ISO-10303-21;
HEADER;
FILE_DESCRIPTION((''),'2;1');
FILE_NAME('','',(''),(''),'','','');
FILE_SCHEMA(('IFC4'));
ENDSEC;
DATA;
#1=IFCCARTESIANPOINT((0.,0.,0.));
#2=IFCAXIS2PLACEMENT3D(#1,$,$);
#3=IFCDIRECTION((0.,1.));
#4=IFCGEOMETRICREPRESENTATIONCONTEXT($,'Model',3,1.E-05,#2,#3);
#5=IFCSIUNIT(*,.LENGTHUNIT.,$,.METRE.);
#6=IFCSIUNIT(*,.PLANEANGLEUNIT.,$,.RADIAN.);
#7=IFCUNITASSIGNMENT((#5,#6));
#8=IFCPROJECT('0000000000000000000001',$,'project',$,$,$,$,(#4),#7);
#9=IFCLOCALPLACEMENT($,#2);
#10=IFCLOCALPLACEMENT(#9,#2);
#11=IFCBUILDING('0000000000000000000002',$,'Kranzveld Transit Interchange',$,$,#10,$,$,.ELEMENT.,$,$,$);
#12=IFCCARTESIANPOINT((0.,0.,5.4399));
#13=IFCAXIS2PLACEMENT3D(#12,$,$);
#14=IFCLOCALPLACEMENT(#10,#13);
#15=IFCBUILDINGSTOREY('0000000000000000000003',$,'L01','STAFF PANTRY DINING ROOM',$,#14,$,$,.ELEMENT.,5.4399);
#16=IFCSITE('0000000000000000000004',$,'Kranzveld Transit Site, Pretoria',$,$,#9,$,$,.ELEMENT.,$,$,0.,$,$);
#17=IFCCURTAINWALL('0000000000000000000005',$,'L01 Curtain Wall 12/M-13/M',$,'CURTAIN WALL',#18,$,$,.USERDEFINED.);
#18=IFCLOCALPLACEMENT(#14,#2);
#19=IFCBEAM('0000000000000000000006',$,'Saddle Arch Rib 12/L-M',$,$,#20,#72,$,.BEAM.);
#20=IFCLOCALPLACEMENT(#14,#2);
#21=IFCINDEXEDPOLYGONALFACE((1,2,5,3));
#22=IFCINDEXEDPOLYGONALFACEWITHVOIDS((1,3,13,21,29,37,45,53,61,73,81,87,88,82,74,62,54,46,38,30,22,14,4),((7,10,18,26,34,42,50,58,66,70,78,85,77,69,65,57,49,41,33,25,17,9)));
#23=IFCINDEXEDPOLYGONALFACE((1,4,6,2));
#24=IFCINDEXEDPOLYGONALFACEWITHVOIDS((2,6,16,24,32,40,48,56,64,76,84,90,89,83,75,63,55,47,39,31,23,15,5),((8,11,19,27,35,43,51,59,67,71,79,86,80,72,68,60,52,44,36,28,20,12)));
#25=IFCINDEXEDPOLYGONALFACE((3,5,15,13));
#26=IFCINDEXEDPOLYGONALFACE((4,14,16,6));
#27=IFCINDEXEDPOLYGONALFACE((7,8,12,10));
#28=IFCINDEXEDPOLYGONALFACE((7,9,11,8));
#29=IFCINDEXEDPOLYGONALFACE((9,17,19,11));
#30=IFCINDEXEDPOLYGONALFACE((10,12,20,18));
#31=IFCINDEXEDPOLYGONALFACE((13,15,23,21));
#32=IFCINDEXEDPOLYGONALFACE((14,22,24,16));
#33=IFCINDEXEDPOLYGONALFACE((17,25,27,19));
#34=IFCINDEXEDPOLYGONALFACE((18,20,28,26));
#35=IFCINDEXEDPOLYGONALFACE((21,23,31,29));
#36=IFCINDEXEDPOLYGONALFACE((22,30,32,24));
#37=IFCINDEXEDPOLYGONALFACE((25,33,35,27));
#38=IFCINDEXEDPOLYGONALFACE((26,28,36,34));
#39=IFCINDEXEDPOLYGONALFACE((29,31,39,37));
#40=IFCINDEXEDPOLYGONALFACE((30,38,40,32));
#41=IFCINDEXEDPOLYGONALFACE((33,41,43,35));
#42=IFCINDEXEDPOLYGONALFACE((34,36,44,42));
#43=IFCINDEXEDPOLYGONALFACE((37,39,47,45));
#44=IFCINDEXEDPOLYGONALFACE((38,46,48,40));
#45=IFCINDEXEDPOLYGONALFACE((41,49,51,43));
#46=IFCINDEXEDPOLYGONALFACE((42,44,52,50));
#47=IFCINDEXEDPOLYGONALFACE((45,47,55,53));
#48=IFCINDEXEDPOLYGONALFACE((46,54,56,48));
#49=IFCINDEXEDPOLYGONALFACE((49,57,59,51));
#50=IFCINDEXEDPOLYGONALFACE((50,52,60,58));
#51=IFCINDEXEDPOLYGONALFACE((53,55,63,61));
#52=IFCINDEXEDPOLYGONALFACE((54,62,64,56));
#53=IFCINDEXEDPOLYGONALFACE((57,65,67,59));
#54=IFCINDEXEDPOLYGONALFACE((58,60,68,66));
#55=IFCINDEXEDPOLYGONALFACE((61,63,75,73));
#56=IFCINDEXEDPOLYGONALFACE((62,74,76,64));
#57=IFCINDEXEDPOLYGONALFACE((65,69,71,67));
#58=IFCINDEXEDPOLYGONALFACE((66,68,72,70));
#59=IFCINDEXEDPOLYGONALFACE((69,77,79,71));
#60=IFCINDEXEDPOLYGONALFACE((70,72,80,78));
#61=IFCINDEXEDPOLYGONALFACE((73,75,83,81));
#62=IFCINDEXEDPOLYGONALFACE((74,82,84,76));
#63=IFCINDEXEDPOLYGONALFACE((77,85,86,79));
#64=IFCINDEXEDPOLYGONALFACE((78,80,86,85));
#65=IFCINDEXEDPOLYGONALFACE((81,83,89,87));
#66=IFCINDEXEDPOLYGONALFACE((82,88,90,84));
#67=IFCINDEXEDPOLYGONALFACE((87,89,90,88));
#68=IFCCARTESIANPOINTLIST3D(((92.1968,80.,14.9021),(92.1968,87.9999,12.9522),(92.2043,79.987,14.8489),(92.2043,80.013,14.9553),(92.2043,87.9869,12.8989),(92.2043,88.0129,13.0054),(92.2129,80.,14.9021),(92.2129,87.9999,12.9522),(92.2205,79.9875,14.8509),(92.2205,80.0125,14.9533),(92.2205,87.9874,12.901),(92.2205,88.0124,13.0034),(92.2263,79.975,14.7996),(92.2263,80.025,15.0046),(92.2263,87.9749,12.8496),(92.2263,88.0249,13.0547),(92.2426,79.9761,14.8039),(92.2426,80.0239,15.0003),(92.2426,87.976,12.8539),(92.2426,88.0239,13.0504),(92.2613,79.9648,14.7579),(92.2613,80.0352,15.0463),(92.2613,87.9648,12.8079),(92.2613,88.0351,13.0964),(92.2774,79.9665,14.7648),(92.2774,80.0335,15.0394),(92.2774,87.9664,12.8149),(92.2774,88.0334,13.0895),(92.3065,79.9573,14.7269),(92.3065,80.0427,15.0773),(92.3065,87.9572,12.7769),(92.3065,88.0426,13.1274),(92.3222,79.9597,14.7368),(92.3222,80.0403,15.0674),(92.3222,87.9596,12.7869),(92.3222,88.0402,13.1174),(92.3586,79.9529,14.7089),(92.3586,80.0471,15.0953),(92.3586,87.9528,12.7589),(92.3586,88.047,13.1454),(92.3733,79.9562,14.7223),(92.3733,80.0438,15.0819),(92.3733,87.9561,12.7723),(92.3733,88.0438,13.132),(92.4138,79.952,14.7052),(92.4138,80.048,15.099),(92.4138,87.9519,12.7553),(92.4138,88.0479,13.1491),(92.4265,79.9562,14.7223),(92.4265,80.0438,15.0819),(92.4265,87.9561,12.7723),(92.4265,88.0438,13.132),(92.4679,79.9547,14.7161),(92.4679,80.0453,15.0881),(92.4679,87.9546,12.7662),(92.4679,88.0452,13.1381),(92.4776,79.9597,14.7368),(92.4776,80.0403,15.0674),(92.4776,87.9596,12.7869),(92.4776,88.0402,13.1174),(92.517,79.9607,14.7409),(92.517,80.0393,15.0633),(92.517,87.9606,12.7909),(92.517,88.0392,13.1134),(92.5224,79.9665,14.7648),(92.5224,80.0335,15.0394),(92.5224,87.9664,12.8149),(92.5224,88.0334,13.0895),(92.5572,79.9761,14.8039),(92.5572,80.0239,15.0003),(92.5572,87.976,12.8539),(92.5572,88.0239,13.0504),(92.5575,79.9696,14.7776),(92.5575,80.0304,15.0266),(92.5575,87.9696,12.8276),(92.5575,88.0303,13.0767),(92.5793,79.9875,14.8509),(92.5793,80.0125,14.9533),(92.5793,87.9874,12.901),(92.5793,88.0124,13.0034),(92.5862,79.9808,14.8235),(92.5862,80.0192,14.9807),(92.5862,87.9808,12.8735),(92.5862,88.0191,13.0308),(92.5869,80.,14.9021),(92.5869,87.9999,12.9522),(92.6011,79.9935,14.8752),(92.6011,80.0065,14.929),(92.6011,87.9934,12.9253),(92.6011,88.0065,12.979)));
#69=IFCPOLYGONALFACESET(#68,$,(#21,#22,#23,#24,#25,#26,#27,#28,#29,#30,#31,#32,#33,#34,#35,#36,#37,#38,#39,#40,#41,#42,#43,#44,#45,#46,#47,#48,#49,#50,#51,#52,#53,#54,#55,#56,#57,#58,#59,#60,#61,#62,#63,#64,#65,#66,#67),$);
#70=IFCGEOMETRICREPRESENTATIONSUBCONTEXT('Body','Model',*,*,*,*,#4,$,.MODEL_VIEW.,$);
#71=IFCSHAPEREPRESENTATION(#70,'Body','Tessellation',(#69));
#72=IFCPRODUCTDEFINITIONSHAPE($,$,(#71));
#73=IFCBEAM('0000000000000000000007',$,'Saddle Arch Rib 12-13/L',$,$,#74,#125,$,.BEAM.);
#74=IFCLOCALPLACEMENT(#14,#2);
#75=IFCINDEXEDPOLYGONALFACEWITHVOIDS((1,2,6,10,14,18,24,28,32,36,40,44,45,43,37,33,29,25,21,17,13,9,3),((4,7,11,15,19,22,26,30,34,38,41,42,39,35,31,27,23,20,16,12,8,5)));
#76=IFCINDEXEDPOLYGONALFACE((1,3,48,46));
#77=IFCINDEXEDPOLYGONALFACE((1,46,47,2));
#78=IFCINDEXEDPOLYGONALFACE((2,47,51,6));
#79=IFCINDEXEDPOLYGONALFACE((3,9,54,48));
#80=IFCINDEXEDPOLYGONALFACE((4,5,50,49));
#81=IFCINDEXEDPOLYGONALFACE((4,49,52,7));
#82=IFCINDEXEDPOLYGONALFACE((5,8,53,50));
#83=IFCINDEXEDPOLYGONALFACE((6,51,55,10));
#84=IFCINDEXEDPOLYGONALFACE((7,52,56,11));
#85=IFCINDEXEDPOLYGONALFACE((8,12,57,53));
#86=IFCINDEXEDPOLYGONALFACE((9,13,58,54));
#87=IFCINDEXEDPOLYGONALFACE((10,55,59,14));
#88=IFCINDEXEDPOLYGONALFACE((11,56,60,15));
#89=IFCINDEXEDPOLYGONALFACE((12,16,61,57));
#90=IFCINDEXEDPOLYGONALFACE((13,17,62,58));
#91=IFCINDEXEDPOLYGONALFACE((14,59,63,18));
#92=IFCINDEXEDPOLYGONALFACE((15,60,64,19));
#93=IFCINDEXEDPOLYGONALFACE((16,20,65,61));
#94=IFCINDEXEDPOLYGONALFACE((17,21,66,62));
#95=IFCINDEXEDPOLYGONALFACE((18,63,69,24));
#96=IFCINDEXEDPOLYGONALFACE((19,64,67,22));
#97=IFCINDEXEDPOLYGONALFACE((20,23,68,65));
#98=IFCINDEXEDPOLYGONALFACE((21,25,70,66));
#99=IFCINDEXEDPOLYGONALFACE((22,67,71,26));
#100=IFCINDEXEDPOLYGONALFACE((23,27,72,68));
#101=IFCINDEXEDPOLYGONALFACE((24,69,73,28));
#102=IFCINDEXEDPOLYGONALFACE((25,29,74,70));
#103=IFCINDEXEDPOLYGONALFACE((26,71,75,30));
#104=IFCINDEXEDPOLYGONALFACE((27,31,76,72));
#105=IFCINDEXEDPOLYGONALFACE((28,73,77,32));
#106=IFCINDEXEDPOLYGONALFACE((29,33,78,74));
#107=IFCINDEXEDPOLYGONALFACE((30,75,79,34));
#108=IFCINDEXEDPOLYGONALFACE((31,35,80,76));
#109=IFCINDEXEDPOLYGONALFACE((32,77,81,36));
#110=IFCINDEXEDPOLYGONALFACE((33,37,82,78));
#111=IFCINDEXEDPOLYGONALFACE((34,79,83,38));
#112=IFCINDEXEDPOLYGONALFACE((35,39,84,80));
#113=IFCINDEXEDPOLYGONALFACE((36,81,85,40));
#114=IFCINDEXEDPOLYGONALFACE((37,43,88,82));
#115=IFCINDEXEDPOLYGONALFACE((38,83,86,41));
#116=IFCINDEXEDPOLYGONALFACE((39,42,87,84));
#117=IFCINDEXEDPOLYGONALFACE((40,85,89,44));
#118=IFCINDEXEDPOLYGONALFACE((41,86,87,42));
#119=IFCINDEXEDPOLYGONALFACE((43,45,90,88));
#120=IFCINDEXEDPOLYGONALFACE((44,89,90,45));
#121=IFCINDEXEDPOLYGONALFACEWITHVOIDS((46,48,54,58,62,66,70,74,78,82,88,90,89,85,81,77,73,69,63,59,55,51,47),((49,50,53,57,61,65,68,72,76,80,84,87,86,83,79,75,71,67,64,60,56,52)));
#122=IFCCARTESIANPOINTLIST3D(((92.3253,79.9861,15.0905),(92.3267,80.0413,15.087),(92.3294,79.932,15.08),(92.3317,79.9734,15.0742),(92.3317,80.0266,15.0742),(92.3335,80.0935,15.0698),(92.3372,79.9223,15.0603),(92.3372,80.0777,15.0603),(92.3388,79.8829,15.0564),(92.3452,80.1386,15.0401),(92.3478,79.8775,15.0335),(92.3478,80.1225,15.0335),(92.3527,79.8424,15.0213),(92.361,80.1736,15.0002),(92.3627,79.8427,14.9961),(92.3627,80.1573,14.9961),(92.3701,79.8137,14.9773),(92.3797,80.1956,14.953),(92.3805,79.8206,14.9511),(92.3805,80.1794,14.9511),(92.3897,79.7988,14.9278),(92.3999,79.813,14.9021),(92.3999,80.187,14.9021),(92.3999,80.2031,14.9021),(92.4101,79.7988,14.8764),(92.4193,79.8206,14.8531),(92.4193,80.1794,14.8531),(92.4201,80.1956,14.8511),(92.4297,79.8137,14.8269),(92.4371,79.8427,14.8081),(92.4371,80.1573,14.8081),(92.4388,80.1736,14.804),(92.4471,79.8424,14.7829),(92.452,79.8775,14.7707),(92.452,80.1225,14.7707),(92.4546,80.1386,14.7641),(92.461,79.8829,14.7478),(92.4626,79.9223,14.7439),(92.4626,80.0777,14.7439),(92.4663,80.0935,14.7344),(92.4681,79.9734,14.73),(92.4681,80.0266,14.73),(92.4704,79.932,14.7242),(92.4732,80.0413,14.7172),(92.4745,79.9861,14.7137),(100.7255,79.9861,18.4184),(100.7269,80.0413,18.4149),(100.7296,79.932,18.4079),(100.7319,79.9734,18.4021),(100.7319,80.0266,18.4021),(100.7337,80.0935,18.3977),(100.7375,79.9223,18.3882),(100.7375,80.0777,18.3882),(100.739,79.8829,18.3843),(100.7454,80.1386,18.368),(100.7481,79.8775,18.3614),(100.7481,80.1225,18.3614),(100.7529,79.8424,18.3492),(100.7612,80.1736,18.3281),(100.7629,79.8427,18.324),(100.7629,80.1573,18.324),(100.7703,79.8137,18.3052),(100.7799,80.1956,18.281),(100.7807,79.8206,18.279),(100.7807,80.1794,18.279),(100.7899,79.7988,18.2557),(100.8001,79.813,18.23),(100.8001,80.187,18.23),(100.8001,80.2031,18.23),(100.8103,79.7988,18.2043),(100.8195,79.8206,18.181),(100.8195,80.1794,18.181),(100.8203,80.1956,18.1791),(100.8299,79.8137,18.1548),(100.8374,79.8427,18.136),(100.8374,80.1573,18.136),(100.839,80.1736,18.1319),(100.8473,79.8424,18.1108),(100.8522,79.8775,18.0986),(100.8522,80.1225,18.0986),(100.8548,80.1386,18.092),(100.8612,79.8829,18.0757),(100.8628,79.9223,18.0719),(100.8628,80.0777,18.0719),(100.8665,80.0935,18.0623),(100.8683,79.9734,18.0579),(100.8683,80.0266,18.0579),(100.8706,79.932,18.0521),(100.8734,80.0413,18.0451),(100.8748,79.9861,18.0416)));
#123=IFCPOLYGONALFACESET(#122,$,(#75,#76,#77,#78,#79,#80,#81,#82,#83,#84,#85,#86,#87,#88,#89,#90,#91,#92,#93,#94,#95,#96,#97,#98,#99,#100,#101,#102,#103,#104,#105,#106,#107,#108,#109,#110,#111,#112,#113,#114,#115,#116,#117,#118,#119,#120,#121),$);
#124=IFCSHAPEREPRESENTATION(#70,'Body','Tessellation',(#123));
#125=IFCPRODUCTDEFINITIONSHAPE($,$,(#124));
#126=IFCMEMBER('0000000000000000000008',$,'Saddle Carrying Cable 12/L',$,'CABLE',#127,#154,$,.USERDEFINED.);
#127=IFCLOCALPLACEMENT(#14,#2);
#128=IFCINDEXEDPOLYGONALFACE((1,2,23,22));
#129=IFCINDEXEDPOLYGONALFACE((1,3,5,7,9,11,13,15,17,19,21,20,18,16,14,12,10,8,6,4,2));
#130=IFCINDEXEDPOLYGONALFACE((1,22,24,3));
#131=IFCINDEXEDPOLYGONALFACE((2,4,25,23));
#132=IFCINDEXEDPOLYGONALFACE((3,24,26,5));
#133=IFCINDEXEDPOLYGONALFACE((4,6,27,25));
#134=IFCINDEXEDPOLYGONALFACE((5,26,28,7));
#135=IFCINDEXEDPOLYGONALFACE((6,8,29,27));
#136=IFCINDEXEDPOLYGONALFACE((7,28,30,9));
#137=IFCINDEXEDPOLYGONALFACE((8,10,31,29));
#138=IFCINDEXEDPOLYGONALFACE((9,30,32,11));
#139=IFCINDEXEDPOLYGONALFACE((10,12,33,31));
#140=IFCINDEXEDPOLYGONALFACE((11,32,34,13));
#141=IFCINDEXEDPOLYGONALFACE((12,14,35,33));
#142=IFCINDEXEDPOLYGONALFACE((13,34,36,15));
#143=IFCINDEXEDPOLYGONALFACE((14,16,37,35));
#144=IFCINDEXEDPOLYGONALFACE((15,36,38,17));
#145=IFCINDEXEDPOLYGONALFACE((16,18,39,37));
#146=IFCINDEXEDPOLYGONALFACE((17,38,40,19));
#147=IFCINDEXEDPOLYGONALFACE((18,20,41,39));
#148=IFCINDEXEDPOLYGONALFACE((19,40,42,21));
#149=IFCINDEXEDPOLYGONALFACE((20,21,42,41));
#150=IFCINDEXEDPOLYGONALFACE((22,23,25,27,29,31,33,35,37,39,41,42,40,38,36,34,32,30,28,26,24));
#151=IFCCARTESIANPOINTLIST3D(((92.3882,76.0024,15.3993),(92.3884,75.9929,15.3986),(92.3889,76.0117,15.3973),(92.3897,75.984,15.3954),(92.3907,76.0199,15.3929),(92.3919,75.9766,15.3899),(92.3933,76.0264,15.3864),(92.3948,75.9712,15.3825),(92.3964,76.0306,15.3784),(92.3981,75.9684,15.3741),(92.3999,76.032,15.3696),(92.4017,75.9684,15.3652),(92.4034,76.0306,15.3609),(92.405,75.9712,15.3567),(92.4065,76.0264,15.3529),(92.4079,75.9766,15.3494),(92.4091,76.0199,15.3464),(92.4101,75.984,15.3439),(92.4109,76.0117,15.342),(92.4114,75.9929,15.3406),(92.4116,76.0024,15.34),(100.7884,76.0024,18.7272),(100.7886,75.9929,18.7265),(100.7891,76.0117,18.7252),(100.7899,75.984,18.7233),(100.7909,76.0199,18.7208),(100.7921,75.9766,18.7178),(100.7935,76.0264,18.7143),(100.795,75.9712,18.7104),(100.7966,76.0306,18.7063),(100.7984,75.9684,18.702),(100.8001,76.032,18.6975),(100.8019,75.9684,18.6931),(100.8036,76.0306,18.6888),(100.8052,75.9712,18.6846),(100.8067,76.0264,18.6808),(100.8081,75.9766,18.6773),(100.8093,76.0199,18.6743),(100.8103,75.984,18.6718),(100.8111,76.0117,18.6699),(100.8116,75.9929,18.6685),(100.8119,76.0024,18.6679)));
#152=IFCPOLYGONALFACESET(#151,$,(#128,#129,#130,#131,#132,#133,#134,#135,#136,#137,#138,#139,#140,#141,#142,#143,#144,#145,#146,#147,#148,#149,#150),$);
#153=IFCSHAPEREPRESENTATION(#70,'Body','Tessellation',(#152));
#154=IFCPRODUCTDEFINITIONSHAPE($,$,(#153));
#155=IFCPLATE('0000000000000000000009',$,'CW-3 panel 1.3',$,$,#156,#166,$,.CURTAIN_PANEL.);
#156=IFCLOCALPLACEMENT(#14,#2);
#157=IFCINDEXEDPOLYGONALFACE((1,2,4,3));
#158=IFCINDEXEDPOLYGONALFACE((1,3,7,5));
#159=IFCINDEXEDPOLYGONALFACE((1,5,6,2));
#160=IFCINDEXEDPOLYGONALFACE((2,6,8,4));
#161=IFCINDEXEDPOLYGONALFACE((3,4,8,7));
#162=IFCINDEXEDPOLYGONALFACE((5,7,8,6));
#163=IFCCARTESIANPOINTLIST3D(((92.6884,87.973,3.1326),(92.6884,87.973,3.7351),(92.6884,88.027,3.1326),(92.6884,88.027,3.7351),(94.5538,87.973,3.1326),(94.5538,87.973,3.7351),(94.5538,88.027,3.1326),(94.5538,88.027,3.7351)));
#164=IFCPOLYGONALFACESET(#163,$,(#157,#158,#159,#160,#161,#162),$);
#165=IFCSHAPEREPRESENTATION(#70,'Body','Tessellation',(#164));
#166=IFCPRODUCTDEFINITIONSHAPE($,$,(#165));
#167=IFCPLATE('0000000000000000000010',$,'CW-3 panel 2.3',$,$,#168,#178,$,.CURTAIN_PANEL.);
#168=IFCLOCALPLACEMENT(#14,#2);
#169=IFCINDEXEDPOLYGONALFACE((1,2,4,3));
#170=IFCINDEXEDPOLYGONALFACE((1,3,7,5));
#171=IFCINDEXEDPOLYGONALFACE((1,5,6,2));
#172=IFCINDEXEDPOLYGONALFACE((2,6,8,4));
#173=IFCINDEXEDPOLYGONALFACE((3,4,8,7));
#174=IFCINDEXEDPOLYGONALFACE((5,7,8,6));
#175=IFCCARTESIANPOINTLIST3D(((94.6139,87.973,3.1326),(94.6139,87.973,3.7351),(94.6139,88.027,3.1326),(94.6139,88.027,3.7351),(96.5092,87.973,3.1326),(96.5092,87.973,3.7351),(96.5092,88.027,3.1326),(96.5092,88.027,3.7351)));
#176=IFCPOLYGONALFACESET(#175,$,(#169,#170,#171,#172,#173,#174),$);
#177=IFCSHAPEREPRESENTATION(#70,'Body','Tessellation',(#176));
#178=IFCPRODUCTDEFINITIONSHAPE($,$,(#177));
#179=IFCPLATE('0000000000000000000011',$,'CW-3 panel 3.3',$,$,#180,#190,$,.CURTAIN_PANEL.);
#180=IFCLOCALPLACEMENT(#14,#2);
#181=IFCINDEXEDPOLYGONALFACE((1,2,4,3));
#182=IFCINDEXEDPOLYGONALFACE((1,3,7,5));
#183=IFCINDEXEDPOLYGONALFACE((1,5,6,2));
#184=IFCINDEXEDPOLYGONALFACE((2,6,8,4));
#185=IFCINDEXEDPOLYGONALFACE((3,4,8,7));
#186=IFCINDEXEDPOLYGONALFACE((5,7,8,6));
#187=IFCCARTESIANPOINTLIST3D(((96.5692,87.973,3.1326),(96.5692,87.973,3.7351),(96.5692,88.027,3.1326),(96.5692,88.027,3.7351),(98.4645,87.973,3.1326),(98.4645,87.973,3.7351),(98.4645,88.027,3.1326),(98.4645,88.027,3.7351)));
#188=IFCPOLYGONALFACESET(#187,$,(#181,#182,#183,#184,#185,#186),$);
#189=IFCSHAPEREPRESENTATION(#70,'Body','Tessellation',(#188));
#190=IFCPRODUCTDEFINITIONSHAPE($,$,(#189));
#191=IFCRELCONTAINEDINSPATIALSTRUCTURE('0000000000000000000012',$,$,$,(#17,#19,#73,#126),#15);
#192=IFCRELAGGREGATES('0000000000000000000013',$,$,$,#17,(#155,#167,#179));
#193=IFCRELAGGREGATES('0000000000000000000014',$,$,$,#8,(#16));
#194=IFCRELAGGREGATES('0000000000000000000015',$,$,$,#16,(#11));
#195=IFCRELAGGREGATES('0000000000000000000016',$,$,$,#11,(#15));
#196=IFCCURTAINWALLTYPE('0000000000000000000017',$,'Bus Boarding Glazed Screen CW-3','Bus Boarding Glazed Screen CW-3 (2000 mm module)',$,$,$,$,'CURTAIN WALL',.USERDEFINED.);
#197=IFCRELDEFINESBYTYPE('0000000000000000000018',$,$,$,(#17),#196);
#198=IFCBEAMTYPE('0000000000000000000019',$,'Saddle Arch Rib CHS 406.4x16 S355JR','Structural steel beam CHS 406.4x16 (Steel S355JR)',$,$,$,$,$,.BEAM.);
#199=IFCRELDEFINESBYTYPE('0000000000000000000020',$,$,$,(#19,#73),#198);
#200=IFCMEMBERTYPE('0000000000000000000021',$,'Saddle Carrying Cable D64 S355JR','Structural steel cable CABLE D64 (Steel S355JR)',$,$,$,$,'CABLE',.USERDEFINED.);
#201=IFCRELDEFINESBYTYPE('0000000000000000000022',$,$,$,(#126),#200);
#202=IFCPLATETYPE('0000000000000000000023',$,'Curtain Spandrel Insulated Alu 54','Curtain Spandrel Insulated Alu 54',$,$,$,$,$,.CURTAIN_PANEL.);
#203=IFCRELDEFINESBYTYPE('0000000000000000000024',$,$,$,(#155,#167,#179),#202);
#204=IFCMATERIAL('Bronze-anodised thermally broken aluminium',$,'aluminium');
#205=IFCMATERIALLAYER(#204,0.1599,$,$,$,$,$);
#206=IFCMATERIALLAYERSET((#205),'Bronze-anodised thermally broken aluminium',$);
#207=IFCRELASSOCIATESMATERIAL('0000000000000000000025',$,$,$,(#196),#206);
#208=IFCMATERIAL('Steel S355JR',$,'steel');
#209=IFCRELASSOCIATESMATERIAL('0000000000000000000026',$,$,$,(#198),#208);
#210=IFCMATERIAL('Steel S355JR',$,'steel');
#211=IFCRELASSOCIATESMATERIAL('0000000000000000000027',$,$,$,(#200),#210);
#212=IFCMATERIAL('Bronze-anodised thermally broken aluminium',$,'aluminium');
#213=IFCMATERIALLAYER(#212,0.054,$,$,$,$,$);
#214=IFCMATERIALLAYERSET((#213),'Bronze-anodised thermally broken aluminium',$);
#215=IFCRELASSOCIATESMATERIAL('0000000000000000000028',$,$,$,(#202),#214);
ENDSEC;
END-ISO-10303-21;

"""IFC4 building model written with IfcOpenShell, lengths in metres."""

from ifc_helpers import new_model, si_unit, direction, frame, origin, origin_2d, place, context, subcontext, project, spatial, rectangle, circle, hollow_circle, extrude, material, layer, layer_set, material_profile, profile_set, type_object, element, aggregate, save


model = new_model("IFC4")

# Units and contexts
model_context = context("Model", 3, precision=1e-05, world=origin(), true_north=direction((0.0, 1.0)))
body_context = subcontext(model_context, "Body", "Model", "MODEL_VIEW")
ifc_project = project(units=[si_unit("LENGTHUNIT", "METRE"), si_unit("PLANEANGLEUNIT", "RADIAN")], contexts=[model_context])

# Site, building, storey
site_placement = place(None, origin())
site = spatial("IfcSite", under=ifc_project, at=site_placement, Name="Kranzveld Transit Site, Pretoria", CompositionType="ELEMENT", RefElevation=0.0)
building_placement = place(site_placement, origin())
building = spatial("IfcBuilding", under=site, at=building_placement, Name="Kranzveld Transit Interchange", CompositionType="ELEMENT")
storey_placement = place(building_placement, frame((0.0, 0.0, 5.4399)))
storey = spatial("IfcBuildingStorey", under=building, at=storey_placement, Name="L01", Description="STAFF PANTRY DINING ROOM", CompositionType="ELEMENT", Elevation=5.4399)

# Curtain wall
ifc_material_1 = material(Name="Bronze-anodised thermally broken aluminium", Category="aluminium")
ifc_layer_1 = layer(ifc_material_1, 0.1599)
ifc_layer_set_1 = layer_set([ifc_layer_1], Name="Bronze-anodised thermally broken aluminium")
curtain_wall_type = type_object("IfcCurtainWallType", Name="Bus Boarding Glazed Screen CW-3", Description="Bus Boarding Glazed Screen CW-3 (2000 mm module)", ElementType="CURTAIN WALL", PredefinedType="USERDEFINED", material=ifc_layer_set_1)
curtain_wall_placement = place(storey_placement, origin())
curtain_wall = element("IfcCurtainWall", 1, at=curtain_wall_placement, inside=storey, type_object=curtain_wall_type, Name="L01 Curtain Wall 12/M-13/M", ObjectType="CURTAIN WALL", PredefinedType="USERDEFINED")

# Beams
ifc_material_2 = material(Name="Steel S355JR", Category="steel")
ifc_material_profile_1 = material_profile(ifc_material_2, hollow_circle(Radius=0.2031, WallThickness=0.0161, at=origin_2d()), Name="CHS 406.4x16")
ifc_profile_set_1 = profile_set([ifc_material_profile_1], Name="Steel S355JR")
beam_type_1 = type_object("IfcBeamType", Name="Saddle Arch Rib CHS 406.4x16 S355JR", Description="Structural steel beam CHS 406.4x16 (Steel S355JR)", PredefinedType="BEAM", material=ifc_profile_set_1)
beam_1_placement = place(storey_placement, frame((92.3999, 80.0, 14.9021), z_axis=(0.0, 0.971556, -0.236811), x_axis=(-1.0, 0.0, 0.0)))
element("IfcBeam", 2, at=beam_1_placement, inside=storey, type_object=beam_type_1, Name="Saddle Arch Rib 12/L-M", PredefinedType="BEAM", context=body_context, shape_type="SweptSolid", body=[
    extrude(hollow_circle(Radius=0.2031, WallThickness=0.0161, at=origin_2d()), origin(), (0.0, 0.0, 1.0), 8.2341),
])
beam_2_placement = place(storey_placement, frame((92.3999, 80.0, 14.9021), z_axis=(0.9297, 0.0, 0.368319), x_axis=(0.0, 1.0, 0.0)))
element("IfcBeam", 3, at=beam_2_placement, inside=storey, type_object=beam_type_1, Name="Saddle Arch Rib 12-13/L", PredefinedType="BEAM", context=body_context, shape_type="SweptSolid", body=[
    extrude(hollow_circle(Radius=0.2031, WallThickness=0.0161, at=origin_2d()), origin(), (0.0, 0.0, 1.0), 9.0354),
])

# Member
ifc_material_3 = material(Name="Steel S355JR", Category="steel")
ifc_material_profile_2 = material_profile(ifc_material_3, circle(Radius=0.032, at=origin_2d()), Name="CABLE D64")
ifc_profile_set_2 = profile_set([ifc_material_profile_2], Name="Steel S355JR")
member_type_1 = type_object("IfcMemberType", Name="Saddle Carrying Cable D64 S355JR", Description="Structural steel cable CABLE D64 (Steel S355JR)", ElementType="CABLE", PredefinedType="USERDEFINED", material=ifc_profile_set_2)
member_1_placement = place(storey_placement, frame((92.3999, 76.0, 15.3696), z_axis=(0.9297, 0.0, 0.368319), x_axis=(0.0, 1.0, 0.0)))
element("IfcMember", 4, at=member_1_placement, inside=storey, type_object=member_type_1, Name="Saddle Carrying Cable 12/L", ObjectType="CABLE", PredefinedType="USERDEFINED", context=body_context, shape_type="SweptSolid", body=[
    extrude(circle(Radius=0.032, at=origin_2d()), origin(), (0.0, 0.0, 1.0), 9.0354),
])

# Plates
ifc_material_4 = material(Name="Bronze-anodised thermally broken aluminium", Category="aluminium")
ifc_layer_2 = layer(ifc_material_4, 0.054)
ifc_layer_set_2 = layer_set([ifc_layer_2], Name="Bronze-anodised thermally broken aluminium")
plate_type_1 = type_object("IfcPlateType", Name="Curtain Spandrel Insulated Alu 54", Description="Curtain Spandrel Insulated Alu 54", PredefinedType="CURTAIN_PANEL", material=ifc_layer_set_2)
plate_1_placement = place(storey_placement, frame((93.6211, 88.0, 3.1326), z_axis=(0.0, 0.0, 1.0), x_axis=(1.0, 0.0, 0.0)))
plate_1 = element("IfcPlate", 5, at=plate_1_placement, type_object=plate_type_1, Name="CW-3 panel 1.3", PredefinedType="CURTAIN_PANEL", context=body_context, shape_type="SweptSolid", body=[
    extrude(rectangle(XDim=1.8655, YDim=0.054, at=origin_2d()), origin(), (0.0, 0.0, 1.0), 0.6025),
])
plate_2_placement = place(storey_placement, frame((95.5615, 88.0, 3.1326), z_axis=(0.0, 0.0, 1.0), x_axis=(1.0, 0.0, 0.0)))
plate_2 = element("IfcPlate", 6, at=plate_2_placement, type_object=plate_type_1, Name="CW-3 panel 2.3", PredefinedType="CURTAIN_PANEL", context=body_context, shape_type="SweptSolid", body=[
    extrude(rectangle(XDim=1.8953, YDim=0.054, at=origin_2d()), origin(), (0.0, 0.0, 1.0), 0.6025),
])
plate_3_placement = place(storey_placement, frame((97.5168, 88.0, 3.1326), z_axis=(0.0, 0.0, 1.0), x_axis=(1.0, 0.0, 0.0)))
plate_3 = element("IfcPlate", 7, at=plate_3_placement, type_object=plate_type_1, Name="CW-3 panel 3.3", PredefinedType="CURTAIN_PANEL", context=body_context, shape_type="SweptSolid", body=[
    extrude(rectangle(XDim=1.8953, YDim=0.054, at=origin_2d()), origin(), (0.0, 0.0, 1.0), 0.6025),
])
aggregate(curtain_wall, [plate_1, plate_2, plate_3])

save(model, "model.ifc")
